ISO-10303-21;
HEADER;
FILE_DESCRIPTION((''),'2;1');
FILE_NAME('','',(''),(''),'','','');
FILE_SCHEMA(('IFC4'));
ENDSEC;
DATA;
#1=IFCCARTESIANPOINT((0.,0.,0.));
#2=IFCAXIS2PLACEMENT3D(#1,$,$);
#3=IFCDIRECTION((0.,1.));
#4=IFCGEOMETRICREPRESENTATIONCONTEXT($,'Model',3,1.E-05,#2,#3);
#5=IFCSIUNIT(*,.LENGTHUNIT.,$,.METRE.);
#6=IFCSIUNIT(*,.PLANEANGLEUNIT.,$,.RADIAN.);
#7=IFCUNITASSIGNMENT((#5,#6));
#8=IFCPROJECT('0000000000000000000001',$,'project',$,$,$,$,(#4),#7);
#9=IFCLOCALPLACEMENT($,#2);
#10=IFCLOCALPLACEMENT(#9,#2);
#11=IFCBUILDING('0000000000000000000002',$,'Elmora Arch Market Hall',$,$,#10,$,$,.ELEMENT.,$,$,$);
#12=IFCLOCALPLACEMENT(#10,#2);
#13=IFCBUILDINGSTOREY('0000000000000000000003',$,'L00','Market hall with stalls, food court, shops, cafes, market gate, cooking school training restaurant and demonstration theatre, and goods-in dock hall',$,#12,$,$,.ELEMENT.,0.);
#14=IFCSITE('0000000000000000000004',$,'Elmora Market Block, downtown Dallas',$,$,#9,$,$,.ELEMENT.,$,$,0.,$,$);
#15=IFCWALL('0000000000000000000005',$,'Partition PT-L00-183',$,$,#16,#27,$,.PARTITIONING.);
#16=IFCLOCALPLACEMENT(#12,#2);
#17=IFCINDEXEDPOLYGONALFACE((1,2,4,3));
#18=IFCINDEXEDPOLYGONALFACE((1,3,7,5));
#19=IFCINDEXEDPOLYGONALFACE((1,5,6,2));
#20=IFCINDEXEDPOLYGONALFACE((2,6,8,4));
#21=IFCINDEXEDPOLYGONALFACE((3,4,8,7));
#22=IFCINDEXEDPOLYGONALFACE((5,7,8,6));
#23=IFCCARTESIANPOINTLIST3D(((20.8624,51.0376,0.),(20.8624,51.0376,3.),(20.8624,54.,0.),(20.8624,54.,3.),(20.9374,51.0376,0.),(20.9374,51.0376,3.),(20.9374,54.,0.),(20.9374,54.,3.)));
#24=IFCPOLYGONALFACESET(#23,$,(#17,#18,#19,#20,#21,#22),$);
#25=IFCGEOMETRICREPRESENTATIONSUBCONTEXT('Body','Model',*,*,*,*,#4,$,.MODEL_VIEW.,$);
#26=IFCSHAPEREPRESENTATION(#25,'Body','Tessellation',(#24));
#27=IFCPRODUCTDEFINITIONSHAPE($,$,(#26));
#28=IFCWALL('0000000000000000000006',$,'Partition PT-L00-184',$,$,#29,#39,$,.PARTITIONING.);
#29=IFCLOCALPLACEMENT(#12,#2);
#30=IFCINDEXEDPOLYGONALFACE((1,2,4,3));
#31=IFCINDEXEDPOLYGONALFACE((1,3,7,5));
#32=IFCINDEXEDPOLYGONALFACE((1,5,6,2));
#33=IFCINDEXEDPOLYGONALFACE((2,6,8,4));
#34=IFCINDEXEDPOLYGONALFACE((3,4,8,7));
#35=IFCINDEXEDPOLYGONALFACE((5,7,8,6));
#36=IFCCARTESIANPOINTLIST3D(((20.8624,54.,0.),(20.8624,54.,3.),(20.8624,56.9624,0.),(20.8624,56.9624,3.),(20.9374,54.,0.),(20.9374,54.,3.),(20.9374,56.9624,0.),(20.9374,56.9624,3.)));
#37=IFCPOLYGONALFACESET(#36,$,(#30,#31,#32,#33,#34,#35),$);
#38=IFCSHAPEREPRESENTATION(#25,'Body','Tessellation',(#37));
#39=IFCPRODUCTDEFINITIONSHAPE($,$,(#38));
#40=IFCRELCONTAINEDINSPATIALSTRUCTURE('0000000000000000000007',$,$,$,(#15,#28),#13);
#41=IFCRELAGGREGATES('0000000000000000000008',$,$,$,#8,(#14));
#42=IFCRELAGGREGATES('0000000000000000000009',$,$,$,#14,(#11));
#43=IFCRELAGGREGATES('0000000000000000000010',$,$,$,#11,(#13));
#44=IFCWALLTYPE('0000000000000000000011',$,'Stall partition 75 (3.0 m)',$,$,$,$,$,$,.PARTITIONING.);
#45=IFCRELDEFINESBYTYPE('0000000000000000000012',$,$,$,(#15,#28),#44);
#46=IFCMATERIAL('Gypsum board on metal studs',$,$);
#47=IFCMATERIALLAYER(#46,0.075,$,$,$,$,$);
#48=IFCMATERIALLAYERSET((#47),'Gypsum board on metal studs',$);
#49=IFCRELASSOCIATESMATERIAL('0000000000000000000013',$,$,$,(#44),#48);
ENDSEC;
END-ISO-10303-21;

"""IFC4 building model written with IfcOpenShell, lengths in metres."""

from ifc_helpers import new_model, si_unit, direction, frame, frame_2d, origin, place, context, subcontext, project, spatial, rectangle, extrude, material, layer, layer_set, type_object, element, save


model = new_model("IFC4")

# Units and contexts
model_context = context("Model", 3, precision=1e-05, world=origin(), true_north=direction((0.0, 1.0)))
body_context = subcontext(model_context, "Body", "Model", "MODEL_VIEW")
ifc_project = project(units=[si_unit("LENGTHUNIT", "METRE"), si_unit("PLANEANGLEUNIT", "RADIAN")], contexts=[model_context])

# Site, building, storey
site_placement = place(None, origin())
site = spatial("IfcSite", under=ifc_project, at=site_placement, Name="Elmora Market Block, downtown Dallas", CompositionType="ELEMENT", RefElevation=0.0)
building_placement = place(site_placement, origin())
building = spatial("IfcBuilding", under=site, at=building_placement, Name="Elmora Arch Market Hall", CompositionType="ELEMENT")
storey_placement = place(building_placement, origin())
storey = spatial("IfcBuildingStorey", under=building, at=storey_placement, Name="L00", Description="Market hall with stalls, food court, shops, cafes, market gate, cooking school training restaurant and demonstration theatre, and goods-in dock hall", CompositionType="ELEMENT", Elevation=0.0)

# Shared definitions
ifc_material_1 = material(Name="Gypsum board on metal studs")
ifc_layer_1 = layer(ifc_material_1, 0.075)
ifc_layer_set_1 = layer_set([ifc_layer_1], Name="Gypsum board on metal studs")
wall_type = type_object("IfcWallType", Name="Stall partition 75 (3.0 m)", PredefinedType="PARTITIONING", material=ifc_layer_set_1)

# Walls
for number, where, z_axis, x_axis, name in (
    (1, (20.8999, 51.0376, 0.0), (0.0, 0.0, 1.0), (0.0, 1.0, 0.0), "Partition PT-L00-183"),
    (2, (20.8999, 54.0, 0.0), (0.0, 0.0, 1.0), (0.0, 1.0, 0.0), "Partition PT-L00-184"),
):
    element("IfcWall", number, at=place(storey_placement, frame(where, z_axis=z_axis, x_axis=x_axis)), inside=storey, type_object=wall_type, Name=name, PredefinedType="PARTITIONING", context=body_context, shape_type="SweptSolid", body=[
        extrude(rectangle(XDim=2.9624, YDim=0.075, at=frame_2d((1.4812, 0.0))), origin(), (0.0, 0.0, 1.0), 3.0),
    ])

save(model, "model.ifc")
